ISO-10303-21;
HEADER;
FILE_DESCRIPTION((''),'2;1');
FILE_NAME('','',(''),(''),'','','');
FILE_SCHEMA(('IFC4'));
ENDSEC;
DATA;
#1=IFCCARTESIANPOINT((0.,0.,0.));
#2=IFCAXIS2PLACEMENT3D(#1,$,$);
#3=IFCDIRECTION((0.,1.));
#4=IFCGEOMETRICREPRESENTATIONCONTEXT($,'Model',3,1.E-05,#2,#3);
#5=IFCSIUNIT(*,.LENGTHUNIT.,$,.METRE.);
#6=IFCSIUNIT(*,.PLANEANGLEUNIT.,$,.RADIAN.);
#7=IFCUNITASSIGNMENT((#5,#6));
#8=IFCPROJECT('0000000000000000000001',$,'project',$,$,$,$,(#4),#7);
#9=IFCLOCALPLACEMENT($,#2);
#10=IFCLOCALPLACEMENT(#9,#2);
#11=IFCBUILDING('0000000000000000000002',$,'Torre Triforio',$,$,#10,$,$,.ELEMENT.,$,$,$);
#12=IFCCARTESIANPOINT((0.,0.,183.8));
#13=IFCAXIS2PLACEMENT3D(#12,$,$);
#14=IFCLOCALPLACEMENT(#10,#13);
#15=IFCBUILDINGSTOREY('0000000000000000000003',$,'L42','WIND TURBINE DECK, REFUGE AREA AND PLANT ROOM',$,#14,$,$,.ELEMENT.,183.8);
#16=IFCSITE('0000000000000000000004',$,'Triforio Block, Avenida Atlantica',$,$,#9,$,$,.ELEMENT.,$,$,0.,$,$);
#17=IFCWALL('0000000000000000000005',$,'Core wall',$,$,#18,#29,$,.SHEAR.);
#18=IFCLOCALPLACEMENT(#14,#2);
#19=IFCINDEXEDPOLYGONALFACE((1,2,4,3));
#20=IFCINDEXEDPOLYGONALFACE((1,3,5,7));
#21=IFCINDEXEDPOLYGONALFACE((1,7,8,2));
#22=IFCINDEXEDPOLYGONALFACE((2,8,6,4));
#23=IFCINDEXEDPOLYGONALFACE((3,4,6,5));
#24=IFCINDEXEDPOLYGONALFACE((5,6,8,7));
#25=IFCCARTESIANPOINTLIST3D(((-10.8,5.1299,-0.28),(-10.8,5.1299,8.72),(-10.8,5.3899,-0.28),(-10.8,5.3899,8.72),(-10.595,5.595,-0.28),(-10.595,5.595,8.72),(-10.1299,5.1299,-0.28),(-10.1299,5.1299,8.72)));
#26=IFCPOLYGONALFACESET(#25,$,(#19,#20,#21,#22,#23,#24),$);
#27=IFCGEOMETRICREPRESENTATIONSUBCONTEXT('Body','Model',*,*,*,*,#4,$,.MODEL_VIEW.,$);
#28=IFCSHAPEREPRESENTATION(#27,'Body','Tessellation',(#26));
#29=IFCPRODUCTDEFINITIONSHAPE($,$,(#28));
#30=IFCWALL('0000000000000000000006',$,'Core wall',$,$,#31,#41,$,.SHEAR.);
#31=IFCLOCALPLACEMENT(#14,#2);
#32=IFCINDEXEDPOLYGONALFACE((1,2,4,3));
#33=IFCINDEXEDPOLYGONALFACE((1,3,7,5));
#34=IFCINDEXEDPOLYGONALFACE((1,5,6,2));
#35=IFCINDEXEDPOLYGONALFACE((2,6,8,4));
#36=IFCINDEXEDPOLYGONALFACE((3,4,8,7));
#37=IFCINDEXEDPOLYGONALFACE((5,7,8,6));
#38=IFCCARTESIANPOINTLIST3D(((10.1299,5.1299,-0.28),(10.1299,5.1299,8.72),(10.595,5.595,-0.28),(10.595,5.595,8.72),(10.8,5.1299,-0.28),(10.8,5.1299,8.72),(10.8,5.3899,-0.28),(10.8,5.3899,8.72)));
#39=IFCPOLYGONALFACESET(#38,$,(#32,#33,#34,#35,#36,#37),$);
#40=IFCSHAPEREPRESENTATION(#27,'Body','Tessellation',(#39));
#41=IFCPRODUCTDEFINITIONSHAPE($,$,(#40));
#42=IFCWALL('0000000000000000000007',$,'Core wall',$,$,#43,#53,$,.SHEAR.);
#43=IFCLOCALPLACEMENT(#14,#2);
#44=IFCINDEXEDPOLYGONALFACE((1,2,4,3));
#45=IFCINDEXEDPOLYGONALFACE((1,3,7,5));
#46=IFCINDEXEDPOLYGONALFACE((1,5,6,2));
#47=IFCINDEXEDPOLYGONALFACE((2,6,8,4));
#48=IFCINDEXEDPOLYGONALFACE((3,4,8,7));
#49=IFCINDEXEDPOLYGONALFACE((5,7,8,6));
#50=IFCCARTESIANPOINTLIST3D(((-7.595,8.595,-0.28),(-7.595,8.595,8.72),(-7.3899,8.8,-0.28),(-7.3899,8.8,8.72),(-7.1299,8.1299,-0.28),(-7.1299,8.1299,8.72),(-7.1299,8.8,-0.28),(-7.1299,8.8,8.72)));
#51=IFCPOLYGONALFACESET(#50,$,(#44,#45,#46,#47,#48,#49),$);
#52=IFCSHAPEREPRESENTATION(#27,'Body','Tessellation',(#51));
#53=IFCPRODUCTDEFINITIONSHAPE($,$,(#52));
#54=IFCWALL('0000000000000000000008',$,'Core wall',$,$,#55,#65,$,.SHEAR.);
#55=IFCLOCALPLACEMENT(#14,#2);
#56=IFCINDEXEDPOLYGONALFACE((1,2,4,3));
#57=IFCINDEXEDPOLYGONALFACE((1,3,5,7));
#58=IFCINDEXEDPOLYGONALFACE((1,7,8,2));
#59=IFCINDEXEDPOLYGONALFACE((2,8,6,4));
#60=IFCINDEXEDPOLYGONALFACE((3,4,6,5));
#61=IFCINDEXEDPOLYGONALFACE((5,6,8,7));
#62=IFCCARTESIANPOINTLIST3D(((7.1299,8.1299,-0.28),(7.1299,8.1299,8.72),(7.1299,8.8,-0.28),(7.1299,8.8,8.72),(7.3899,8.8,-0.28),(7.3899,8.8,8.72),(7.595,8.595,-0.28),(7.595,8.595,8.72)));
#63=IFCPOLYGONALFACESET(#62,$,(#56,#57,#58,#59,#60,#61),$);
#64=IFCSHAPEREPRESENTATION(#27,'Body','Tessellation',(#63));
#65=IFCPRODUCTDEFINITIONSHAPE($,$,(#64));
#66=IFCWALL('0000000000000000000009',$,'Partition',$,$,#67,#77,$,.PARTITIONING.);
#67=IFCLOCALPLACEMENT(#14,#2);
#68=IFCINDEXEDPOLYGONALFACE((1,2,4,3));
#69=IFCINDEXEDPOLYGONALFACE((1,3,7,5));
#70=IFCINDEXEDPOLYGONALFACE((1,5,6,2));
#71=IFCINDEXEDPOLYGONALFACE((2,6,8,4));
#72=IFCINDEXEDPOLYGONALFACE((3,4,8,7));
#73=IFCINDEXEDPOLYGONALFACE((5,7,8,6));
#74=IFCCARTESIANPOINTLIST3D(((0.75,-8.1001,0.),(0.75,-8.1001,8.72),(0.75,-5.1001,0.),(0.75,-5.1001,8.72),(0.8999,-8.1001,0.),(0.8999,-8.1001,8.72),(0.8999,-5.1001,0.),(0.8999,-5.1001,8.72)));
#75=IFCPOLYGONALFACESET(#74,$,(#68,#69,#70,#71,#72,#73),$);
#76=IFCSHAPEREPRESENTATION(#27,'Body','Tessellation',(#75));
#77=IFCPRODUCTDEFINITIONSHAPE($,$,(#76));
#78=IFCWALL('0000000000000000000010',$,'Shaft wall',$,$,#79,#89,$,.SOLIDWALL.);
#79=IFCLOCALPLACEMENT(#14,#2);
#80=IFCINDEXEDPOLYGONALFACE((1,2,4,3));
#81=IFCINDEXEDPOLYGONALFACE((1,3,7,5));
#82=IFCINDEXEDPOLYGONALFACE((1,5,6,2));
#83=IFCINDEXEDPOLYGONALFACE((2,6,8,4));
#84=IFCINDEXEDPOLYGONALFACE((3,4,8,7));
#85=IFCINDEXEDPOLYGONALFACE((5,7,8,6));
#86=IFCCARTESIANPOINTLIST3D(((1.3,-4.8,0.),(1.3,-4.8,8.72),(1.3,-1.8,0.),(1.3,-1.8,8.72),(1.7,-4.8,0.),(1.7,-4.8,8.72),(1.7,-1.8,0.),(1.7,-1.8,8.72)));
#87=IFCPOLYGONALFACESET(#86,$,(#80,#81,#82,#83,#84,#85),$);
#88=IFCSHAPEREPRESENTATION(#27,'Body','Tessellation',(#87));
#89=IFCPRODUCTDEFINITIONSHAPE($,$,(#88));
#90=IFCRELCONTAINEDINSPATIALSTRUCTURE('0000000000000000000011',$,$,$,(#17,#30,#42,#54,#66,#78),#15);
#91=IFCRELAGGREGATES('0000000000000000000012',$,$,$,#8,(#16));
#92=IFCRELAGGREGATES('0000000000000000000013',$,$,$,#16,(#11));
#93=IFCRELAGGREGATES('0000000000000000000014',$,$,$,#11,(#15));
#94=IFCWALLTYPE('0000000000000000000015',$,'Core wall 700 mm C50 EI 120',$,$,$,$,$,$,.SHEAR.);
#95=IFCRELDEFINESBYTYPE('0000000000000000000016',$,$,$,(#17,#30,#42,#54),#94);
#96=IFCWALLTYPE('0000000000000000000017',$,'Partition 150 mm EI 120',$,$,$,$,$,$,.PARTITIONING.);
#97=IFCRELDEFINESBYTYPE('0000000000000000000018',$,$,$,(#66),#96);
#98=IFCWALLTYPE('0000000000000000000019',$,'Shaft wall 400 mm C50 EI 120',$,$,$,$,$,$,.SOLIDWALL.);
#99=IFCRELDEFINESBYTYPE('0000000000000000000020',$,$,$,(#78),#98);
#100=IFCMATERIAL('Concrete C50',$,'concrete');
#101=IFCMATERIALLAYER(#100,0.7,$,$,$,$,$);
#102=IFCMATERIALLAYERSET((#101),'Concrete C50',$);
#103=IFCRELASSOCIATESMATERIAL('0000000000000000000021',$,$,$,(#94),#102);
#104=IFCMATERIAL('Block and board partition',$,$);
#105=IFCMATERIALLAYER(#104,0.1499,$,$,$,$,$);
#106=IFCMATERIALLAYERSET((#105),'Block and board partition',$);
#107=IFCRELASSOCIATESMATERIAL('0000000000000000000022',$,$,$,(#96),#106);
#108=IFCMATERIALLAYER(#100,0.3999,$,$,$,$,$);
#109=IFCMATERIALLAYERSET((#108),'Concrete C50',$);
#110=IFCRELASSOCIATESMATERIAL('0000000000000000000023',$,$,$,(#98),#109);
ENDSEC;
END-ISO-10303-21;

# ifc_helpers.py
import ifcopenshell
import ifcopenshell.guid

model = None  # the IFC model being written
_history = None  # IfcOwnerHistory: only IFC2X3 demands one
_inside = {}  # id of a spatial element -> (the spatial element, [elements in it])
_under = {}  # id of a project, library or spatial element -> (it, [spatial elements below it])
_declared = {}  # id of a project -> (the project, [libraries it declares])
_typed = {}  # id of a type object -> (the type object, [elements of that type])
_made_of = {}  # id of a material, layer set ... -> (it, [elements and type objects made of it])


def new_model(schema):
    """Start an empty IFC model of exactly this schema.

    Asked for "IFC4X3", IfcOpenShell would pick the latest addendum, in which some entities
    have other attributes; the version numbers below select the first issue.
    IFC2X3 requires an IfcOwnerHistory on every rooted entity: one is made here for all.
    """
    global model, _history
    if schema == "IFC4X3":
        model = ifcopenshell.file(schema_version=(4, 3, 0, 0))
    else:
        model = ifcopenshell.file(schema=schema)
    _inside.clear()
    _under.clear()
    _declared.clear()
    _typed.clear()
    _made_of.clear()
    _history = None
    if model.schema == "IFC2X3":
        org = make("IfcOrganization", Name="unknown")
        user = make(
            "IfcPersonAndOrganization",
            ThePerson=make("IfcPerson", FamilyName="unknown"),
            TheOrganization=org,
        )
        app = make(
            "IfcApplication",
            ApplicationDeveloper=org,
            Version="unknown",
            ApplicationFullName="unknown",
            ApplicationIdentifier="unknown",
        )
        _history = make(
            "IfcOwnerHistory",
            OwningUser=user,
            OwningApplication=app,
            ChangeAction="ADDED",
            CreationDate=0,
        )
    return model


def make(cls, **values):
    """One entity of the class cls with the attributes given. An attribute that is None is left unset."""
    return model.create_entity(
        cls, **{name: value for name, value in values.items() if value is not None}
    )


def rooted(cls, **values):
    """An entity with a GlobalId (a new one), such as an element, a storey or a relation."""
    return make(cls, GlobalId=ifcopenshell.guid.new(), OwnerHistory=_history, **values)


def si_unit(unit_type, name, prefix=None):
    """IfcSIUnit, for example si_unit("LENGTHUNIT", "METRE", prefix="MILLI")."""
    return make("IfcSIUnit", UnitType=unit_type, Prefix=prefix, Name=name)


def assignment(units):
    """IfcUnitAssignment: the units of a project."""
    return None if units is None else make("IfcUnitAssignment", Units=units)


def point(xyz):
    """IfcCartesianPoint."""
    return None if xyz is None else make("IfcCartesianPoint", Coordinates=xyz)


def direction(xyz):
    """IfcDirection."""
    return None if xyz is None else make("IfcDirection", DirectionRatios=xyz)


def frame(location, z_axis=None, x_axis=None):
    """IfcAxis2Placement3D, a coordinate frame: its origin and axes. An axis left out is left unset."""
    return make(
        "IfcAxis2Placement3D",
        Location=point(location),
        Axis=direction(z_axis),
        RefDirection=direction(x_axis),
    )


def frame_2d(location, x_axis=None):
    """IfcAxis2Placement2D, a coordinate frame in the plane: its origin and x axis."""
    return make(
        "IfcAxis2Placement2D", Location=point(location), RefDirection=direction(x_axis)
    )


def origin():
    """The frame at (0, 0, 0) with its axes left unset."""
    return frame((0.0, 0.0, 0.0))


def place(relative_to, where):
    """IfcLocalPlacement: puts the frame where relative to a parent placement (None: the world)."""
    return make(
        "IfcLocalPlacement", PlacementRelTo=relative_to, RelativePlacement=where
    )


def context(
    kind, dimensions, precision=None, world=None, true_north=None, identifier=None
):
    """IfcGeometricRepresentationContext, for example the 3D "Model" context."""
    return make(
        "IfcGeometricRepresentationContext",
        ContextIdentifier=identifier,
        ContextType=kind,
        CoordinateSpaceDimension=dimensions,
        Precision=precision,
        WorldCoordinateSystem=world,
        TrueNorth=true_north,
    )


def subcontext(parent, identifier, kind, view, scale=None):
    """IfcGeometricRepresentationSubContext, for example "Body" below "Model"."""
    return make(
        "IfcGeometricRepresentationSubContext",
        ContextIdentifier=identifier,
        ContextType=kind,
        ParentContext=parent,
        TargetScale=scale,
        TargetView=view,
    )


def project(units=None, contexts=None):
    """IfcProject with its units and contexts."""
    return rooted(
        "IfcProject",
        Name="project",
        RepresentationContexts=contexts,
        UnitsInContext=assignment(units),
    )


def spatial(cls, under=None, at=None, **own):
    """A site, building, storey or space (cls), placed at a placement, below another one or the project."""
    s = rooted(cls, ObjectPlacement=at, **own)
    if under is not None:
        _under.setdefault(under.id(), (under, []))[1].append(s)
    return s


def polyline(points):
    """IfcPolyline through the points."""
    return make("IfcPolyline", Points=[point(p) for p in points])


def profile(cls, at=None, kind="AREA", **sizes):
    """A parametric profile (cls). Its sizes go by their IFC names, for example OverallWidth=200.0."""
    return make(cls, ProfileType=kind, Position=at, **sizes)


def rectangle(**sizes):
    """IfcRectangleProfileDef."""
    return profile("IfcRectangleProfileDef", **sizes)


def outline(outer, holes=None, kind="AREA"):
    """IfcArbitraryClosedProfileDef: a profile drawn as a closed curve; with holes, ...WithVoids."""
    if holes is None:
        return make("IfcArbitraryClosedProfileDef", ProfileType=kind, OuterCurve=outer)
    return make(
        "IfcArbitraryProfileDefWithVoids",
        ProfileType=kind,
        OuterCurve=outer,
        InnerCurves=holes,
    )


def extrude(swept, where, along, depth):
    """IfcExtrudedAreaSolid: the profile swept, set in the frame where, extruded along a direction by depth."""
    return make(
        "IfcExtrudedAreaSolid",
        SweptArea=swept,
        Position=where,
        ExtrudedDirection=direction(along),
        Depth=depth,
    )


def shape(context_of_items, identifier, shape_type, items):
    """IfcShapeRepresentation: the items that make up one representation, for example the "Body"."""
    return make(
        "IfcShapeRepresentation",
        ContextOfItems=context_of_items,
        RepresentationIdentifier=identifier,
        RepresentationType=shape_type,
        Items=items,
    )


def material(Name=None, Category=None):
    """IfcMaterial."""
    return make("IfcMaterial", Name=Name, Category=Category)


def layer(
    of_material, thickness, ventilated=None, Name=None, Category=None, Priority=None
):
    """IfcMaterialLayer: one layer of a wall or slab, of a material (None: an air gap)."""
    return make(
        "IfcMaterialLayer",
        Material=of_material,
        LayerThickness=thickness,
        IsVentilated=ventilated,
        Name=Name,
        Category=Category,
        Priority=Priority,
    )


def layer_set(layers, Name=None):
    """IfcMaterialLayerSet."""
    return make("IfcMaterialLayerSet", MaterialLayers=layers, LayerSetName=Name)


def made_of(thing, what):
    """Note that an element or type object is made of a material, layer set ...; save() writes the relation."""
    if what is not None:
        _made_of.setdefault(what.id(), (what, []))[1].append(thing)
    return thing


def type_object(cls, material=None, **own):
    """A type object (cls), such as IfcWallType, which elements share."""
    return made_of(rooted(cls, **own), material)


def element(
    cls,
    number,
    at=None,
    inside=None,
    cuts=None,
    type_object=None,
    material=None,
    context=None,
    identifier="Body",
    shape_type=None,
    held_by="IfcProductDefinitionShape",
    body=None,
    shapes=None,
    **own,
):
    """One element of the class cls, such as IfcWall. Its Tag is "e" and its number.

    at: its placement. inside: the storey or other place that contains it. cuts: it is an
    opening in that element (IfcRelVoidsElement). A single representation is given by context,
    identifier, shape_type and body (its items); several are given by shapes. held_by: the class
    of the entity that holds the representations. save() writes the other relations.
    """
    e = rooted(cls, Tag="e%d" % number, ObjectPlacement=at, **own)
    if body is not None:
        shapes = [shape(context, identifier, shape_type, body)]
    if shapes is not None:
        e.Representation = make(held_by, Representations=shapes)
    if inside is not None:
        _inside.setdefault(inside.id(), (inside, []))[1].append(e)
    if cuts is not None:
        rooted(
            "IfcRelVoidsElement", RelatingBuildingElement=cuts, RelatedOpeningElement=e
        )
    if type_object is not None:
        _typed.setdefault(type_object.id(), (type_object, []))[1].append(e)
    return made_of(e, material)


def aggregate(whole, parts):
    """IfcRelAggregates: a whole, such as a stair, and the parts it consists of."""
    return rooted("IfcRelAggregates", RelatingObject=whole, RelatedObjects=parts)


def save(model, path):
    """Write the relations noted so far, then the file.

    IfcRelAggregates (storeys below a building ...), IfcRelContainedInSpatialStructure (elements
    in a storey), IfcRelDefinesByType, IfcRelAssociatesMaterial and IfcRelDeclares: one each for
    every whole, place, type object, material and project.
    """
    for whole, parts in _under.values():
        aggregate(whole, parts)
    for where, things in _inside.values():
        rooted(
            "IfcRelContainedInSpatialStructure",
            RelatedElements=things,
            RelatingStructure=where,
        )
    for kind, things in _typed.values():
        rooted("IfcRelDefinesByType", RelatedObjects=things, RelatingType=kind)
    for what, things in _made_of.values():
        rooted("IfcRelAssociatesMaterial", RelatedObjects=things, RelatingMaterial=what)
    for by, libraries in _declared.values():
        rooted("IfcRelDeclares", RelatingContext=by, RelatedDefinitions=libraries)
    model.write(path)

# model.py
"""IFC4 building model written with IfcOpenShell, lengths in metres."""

from ifc_helpers import new_model, si_unit, direction, frame, frame_2d, origin, place, context, subcontext, project, spatial, polyline, rectangle, outline, extrude, material, layer, layer_set, type_object, element, save


model = new_model("IFC4")

# Units and contexts
model_context = context("Model", 3, precision=1e-05, world=origin(), true_north=direction((0.0, 1.0)))
body_context = subcontext(model_context, "Body", "Model", "MODEL_VIEW")
ifc_project = project(units=[si_unit("LENGTHUNIT", "METRE"), si_unit("PLANEANGLEUNIT", "RADIAN")], contexts=[model_context])

# Site, building, storey
site_placement = place(None, origin())
site = spatial("IfcSite", under=ifc_project, at=site_placement, Name="Triforio Block, Avenida Atlantica", CompositionType="ELEMENT", RefElevation=0.0)
building_placement = place(site_placement, origin())
building = spatial("IfcBuilding", under=site, at=building_placement, Name="Torre Triforio", CompositionType="ELEMENT")
storey_placement = place(building_placement, frame((0.0, 0.0, 183.8)))
storey = spatial("IfcBuildingStorey", under=building, at=storey_placement, Name="L42", Description="WIND TURBINE DECK, REFUGE AREA AND PLANT ROOM", CompositionType="ELEMENT", Elevation=183.8)

# Shared definitions
ifc_material_1 = material(Name="Concrete C50", Category="concrete")

# Walls
ifc_layer_1 = layer(ifc_material_1, 0.7)
ifc_layer_set_1 = layer_set([ifc_layer_1], Name="Concrete C50")
wall_type_1 = type_object("IfcWallType", Name="Core wall 700 mm C50 EI 120", PredefinedType="SHEAR", material=ifc_layer_set_1)
wall_1_placement = place(storey_placement, frame((0.0, 0.0, -0.28)))
element("IfcWall", 1, at=wall_1_placement, inside=storey, type_object=wall_type_1, Name="Core wall", PredefinedType="SHEAR", context=body_context, shape_type="SweptSolid", body=[
    extrude(outline(polyline([(-10.595, 5.595), (-10.595, 5.595), (-10.595, 5.595), (-10.1299, 5.1299), (-10.8, 5.1299), (-10.8, 5.1299), (-10.8, 5.3899), (-10.595, 5.595)])), origin(), (0.0, 0.0, 1.0), 9.0),
])
wall_2_placement = place(storey_placement, frame((0.0, 0.0, -0.28)))
element("IfcWall", 2, at=wall_2_placement, inside=storey, type_object=wall_type_1, Name="Core wall", PredefinedType="SHEAR", context=body_context, shape_type="SweptSolid", body=[
    extrude(outline(polyline([(10.8, 5.3899), (10.8, 5.1299), (10.8, 5.1299), (10.1299, 5.1299), (10.595, 5.595), (10.595, 5.595), (10.595, 5.595), (10.8, 5.3899)])), origin(), (0.0, 0.0, 1.0), 9.0),
])
wall_3_placement = place(storey_placement, frame((0.0, 0.0, -0.28)))
element("IfcWall", 3, at=wall_3_placement, inside=storey, type_object=wall_type_1, Name="Core wall", PredefinedType="SHEAR", context=body_context, shape_type="SweptSolid", body=[
    extrude(outline(polyline([(-7.3899, 8.8), (-7.1299, 8.8), (-7.1299, 8.8), (-7.1299, 8.1299), (-7.595, 8.595), (-7.595, 8.595), (-7.595, 8.595), (-7.3899, 8.8)])), origin(), (0.0, 0.0, 1.0), 9.0),
])
wall_4_placement = place(storey_placement, frame((0.0, 0.0, -0.28)))
element("IfcWall", 4, at=wall_4_placement, inside=storey, type_object=wall_type_1, Name="Core wall", PredefinedType="SHEAR", context=body_context, shape_type="SweptSolid", body=[
    extrude(outline(polyline([(7.3899, 8.8), (7.595, 8.595), (7.595, 8.595), (7.595, 8.595), (7.1299, 8.1299), (7.1299, 8.8), (7.1299, 8.8), (7.3899, 8.8)])), origin(), (0.0, 0.0, 1.0), 9.0),
])
ifc_material_2 = material(Name="Block and board partition")
ifc_layer_2 = layer(ifc_material_2, 0.1499)
ifc_layer_set_2 = layer_set([ifc_layer_2], Name="Block and board partition")
wall_type_2 = type_object("IfcWallType", Name="Partition 150 mm EI 120", PredefinedType="PARTITIONING", material=ifc_layer_set_2)
wall_5_placement = place(storey_placement, frame((0.825, -8.1001, 0.0), z_axis=(0.0, 0.0, 1.0), x_axis=(0.0, 1.0, 0.0)))
element("IfcWall", 5, at=wall_5_placement, inside=storey, type_object=wall_type_2, Name="Partition", PredefinedType="PARTITIONING", context=body_context, shape_type="SweptSolid", body=[
    extrude(rectangle(XDim=3.0, YDim=0.1499, at=frame_2d((1.5, 0.0))), origin(), (0.0, 0.0, 1.0), 8.72),
])
ifc_layer_3 = layer(ifc_material_1, 0.3999)
ifc_layer_set_3 = layer_set([ifc_layer_3], Name="Concrete C50")
wall_type_3 = type_object("IfcWallType", Name="Shaft wall 400 mm C50 EI 120", PredefinedType="SOLIDWALL", material=ifc_layer_set_3)
wall_6_placement = place(storey_placement, frame((1.5, -4.8, 0.0), z_axis=(0.0, 0.0, 1.0), x_axis=(0.0, 1.0, 0.0)))
element("IfcWall", 6, at=wall_6_placement, inside=storey, type_object=wall_type_3, Name="Shaft wall", PredefinedType="SOLIDWALL", context=body_context, shape_type="SweptSolid", body=[
    extrude(rectangle(XDim=3.0, YDim=0.3999, at=frame_2d((1.5, 0.0))), origin(), (0.0, 0.0, 1.0), 8.72),
])

save(model, "model.ifc")
